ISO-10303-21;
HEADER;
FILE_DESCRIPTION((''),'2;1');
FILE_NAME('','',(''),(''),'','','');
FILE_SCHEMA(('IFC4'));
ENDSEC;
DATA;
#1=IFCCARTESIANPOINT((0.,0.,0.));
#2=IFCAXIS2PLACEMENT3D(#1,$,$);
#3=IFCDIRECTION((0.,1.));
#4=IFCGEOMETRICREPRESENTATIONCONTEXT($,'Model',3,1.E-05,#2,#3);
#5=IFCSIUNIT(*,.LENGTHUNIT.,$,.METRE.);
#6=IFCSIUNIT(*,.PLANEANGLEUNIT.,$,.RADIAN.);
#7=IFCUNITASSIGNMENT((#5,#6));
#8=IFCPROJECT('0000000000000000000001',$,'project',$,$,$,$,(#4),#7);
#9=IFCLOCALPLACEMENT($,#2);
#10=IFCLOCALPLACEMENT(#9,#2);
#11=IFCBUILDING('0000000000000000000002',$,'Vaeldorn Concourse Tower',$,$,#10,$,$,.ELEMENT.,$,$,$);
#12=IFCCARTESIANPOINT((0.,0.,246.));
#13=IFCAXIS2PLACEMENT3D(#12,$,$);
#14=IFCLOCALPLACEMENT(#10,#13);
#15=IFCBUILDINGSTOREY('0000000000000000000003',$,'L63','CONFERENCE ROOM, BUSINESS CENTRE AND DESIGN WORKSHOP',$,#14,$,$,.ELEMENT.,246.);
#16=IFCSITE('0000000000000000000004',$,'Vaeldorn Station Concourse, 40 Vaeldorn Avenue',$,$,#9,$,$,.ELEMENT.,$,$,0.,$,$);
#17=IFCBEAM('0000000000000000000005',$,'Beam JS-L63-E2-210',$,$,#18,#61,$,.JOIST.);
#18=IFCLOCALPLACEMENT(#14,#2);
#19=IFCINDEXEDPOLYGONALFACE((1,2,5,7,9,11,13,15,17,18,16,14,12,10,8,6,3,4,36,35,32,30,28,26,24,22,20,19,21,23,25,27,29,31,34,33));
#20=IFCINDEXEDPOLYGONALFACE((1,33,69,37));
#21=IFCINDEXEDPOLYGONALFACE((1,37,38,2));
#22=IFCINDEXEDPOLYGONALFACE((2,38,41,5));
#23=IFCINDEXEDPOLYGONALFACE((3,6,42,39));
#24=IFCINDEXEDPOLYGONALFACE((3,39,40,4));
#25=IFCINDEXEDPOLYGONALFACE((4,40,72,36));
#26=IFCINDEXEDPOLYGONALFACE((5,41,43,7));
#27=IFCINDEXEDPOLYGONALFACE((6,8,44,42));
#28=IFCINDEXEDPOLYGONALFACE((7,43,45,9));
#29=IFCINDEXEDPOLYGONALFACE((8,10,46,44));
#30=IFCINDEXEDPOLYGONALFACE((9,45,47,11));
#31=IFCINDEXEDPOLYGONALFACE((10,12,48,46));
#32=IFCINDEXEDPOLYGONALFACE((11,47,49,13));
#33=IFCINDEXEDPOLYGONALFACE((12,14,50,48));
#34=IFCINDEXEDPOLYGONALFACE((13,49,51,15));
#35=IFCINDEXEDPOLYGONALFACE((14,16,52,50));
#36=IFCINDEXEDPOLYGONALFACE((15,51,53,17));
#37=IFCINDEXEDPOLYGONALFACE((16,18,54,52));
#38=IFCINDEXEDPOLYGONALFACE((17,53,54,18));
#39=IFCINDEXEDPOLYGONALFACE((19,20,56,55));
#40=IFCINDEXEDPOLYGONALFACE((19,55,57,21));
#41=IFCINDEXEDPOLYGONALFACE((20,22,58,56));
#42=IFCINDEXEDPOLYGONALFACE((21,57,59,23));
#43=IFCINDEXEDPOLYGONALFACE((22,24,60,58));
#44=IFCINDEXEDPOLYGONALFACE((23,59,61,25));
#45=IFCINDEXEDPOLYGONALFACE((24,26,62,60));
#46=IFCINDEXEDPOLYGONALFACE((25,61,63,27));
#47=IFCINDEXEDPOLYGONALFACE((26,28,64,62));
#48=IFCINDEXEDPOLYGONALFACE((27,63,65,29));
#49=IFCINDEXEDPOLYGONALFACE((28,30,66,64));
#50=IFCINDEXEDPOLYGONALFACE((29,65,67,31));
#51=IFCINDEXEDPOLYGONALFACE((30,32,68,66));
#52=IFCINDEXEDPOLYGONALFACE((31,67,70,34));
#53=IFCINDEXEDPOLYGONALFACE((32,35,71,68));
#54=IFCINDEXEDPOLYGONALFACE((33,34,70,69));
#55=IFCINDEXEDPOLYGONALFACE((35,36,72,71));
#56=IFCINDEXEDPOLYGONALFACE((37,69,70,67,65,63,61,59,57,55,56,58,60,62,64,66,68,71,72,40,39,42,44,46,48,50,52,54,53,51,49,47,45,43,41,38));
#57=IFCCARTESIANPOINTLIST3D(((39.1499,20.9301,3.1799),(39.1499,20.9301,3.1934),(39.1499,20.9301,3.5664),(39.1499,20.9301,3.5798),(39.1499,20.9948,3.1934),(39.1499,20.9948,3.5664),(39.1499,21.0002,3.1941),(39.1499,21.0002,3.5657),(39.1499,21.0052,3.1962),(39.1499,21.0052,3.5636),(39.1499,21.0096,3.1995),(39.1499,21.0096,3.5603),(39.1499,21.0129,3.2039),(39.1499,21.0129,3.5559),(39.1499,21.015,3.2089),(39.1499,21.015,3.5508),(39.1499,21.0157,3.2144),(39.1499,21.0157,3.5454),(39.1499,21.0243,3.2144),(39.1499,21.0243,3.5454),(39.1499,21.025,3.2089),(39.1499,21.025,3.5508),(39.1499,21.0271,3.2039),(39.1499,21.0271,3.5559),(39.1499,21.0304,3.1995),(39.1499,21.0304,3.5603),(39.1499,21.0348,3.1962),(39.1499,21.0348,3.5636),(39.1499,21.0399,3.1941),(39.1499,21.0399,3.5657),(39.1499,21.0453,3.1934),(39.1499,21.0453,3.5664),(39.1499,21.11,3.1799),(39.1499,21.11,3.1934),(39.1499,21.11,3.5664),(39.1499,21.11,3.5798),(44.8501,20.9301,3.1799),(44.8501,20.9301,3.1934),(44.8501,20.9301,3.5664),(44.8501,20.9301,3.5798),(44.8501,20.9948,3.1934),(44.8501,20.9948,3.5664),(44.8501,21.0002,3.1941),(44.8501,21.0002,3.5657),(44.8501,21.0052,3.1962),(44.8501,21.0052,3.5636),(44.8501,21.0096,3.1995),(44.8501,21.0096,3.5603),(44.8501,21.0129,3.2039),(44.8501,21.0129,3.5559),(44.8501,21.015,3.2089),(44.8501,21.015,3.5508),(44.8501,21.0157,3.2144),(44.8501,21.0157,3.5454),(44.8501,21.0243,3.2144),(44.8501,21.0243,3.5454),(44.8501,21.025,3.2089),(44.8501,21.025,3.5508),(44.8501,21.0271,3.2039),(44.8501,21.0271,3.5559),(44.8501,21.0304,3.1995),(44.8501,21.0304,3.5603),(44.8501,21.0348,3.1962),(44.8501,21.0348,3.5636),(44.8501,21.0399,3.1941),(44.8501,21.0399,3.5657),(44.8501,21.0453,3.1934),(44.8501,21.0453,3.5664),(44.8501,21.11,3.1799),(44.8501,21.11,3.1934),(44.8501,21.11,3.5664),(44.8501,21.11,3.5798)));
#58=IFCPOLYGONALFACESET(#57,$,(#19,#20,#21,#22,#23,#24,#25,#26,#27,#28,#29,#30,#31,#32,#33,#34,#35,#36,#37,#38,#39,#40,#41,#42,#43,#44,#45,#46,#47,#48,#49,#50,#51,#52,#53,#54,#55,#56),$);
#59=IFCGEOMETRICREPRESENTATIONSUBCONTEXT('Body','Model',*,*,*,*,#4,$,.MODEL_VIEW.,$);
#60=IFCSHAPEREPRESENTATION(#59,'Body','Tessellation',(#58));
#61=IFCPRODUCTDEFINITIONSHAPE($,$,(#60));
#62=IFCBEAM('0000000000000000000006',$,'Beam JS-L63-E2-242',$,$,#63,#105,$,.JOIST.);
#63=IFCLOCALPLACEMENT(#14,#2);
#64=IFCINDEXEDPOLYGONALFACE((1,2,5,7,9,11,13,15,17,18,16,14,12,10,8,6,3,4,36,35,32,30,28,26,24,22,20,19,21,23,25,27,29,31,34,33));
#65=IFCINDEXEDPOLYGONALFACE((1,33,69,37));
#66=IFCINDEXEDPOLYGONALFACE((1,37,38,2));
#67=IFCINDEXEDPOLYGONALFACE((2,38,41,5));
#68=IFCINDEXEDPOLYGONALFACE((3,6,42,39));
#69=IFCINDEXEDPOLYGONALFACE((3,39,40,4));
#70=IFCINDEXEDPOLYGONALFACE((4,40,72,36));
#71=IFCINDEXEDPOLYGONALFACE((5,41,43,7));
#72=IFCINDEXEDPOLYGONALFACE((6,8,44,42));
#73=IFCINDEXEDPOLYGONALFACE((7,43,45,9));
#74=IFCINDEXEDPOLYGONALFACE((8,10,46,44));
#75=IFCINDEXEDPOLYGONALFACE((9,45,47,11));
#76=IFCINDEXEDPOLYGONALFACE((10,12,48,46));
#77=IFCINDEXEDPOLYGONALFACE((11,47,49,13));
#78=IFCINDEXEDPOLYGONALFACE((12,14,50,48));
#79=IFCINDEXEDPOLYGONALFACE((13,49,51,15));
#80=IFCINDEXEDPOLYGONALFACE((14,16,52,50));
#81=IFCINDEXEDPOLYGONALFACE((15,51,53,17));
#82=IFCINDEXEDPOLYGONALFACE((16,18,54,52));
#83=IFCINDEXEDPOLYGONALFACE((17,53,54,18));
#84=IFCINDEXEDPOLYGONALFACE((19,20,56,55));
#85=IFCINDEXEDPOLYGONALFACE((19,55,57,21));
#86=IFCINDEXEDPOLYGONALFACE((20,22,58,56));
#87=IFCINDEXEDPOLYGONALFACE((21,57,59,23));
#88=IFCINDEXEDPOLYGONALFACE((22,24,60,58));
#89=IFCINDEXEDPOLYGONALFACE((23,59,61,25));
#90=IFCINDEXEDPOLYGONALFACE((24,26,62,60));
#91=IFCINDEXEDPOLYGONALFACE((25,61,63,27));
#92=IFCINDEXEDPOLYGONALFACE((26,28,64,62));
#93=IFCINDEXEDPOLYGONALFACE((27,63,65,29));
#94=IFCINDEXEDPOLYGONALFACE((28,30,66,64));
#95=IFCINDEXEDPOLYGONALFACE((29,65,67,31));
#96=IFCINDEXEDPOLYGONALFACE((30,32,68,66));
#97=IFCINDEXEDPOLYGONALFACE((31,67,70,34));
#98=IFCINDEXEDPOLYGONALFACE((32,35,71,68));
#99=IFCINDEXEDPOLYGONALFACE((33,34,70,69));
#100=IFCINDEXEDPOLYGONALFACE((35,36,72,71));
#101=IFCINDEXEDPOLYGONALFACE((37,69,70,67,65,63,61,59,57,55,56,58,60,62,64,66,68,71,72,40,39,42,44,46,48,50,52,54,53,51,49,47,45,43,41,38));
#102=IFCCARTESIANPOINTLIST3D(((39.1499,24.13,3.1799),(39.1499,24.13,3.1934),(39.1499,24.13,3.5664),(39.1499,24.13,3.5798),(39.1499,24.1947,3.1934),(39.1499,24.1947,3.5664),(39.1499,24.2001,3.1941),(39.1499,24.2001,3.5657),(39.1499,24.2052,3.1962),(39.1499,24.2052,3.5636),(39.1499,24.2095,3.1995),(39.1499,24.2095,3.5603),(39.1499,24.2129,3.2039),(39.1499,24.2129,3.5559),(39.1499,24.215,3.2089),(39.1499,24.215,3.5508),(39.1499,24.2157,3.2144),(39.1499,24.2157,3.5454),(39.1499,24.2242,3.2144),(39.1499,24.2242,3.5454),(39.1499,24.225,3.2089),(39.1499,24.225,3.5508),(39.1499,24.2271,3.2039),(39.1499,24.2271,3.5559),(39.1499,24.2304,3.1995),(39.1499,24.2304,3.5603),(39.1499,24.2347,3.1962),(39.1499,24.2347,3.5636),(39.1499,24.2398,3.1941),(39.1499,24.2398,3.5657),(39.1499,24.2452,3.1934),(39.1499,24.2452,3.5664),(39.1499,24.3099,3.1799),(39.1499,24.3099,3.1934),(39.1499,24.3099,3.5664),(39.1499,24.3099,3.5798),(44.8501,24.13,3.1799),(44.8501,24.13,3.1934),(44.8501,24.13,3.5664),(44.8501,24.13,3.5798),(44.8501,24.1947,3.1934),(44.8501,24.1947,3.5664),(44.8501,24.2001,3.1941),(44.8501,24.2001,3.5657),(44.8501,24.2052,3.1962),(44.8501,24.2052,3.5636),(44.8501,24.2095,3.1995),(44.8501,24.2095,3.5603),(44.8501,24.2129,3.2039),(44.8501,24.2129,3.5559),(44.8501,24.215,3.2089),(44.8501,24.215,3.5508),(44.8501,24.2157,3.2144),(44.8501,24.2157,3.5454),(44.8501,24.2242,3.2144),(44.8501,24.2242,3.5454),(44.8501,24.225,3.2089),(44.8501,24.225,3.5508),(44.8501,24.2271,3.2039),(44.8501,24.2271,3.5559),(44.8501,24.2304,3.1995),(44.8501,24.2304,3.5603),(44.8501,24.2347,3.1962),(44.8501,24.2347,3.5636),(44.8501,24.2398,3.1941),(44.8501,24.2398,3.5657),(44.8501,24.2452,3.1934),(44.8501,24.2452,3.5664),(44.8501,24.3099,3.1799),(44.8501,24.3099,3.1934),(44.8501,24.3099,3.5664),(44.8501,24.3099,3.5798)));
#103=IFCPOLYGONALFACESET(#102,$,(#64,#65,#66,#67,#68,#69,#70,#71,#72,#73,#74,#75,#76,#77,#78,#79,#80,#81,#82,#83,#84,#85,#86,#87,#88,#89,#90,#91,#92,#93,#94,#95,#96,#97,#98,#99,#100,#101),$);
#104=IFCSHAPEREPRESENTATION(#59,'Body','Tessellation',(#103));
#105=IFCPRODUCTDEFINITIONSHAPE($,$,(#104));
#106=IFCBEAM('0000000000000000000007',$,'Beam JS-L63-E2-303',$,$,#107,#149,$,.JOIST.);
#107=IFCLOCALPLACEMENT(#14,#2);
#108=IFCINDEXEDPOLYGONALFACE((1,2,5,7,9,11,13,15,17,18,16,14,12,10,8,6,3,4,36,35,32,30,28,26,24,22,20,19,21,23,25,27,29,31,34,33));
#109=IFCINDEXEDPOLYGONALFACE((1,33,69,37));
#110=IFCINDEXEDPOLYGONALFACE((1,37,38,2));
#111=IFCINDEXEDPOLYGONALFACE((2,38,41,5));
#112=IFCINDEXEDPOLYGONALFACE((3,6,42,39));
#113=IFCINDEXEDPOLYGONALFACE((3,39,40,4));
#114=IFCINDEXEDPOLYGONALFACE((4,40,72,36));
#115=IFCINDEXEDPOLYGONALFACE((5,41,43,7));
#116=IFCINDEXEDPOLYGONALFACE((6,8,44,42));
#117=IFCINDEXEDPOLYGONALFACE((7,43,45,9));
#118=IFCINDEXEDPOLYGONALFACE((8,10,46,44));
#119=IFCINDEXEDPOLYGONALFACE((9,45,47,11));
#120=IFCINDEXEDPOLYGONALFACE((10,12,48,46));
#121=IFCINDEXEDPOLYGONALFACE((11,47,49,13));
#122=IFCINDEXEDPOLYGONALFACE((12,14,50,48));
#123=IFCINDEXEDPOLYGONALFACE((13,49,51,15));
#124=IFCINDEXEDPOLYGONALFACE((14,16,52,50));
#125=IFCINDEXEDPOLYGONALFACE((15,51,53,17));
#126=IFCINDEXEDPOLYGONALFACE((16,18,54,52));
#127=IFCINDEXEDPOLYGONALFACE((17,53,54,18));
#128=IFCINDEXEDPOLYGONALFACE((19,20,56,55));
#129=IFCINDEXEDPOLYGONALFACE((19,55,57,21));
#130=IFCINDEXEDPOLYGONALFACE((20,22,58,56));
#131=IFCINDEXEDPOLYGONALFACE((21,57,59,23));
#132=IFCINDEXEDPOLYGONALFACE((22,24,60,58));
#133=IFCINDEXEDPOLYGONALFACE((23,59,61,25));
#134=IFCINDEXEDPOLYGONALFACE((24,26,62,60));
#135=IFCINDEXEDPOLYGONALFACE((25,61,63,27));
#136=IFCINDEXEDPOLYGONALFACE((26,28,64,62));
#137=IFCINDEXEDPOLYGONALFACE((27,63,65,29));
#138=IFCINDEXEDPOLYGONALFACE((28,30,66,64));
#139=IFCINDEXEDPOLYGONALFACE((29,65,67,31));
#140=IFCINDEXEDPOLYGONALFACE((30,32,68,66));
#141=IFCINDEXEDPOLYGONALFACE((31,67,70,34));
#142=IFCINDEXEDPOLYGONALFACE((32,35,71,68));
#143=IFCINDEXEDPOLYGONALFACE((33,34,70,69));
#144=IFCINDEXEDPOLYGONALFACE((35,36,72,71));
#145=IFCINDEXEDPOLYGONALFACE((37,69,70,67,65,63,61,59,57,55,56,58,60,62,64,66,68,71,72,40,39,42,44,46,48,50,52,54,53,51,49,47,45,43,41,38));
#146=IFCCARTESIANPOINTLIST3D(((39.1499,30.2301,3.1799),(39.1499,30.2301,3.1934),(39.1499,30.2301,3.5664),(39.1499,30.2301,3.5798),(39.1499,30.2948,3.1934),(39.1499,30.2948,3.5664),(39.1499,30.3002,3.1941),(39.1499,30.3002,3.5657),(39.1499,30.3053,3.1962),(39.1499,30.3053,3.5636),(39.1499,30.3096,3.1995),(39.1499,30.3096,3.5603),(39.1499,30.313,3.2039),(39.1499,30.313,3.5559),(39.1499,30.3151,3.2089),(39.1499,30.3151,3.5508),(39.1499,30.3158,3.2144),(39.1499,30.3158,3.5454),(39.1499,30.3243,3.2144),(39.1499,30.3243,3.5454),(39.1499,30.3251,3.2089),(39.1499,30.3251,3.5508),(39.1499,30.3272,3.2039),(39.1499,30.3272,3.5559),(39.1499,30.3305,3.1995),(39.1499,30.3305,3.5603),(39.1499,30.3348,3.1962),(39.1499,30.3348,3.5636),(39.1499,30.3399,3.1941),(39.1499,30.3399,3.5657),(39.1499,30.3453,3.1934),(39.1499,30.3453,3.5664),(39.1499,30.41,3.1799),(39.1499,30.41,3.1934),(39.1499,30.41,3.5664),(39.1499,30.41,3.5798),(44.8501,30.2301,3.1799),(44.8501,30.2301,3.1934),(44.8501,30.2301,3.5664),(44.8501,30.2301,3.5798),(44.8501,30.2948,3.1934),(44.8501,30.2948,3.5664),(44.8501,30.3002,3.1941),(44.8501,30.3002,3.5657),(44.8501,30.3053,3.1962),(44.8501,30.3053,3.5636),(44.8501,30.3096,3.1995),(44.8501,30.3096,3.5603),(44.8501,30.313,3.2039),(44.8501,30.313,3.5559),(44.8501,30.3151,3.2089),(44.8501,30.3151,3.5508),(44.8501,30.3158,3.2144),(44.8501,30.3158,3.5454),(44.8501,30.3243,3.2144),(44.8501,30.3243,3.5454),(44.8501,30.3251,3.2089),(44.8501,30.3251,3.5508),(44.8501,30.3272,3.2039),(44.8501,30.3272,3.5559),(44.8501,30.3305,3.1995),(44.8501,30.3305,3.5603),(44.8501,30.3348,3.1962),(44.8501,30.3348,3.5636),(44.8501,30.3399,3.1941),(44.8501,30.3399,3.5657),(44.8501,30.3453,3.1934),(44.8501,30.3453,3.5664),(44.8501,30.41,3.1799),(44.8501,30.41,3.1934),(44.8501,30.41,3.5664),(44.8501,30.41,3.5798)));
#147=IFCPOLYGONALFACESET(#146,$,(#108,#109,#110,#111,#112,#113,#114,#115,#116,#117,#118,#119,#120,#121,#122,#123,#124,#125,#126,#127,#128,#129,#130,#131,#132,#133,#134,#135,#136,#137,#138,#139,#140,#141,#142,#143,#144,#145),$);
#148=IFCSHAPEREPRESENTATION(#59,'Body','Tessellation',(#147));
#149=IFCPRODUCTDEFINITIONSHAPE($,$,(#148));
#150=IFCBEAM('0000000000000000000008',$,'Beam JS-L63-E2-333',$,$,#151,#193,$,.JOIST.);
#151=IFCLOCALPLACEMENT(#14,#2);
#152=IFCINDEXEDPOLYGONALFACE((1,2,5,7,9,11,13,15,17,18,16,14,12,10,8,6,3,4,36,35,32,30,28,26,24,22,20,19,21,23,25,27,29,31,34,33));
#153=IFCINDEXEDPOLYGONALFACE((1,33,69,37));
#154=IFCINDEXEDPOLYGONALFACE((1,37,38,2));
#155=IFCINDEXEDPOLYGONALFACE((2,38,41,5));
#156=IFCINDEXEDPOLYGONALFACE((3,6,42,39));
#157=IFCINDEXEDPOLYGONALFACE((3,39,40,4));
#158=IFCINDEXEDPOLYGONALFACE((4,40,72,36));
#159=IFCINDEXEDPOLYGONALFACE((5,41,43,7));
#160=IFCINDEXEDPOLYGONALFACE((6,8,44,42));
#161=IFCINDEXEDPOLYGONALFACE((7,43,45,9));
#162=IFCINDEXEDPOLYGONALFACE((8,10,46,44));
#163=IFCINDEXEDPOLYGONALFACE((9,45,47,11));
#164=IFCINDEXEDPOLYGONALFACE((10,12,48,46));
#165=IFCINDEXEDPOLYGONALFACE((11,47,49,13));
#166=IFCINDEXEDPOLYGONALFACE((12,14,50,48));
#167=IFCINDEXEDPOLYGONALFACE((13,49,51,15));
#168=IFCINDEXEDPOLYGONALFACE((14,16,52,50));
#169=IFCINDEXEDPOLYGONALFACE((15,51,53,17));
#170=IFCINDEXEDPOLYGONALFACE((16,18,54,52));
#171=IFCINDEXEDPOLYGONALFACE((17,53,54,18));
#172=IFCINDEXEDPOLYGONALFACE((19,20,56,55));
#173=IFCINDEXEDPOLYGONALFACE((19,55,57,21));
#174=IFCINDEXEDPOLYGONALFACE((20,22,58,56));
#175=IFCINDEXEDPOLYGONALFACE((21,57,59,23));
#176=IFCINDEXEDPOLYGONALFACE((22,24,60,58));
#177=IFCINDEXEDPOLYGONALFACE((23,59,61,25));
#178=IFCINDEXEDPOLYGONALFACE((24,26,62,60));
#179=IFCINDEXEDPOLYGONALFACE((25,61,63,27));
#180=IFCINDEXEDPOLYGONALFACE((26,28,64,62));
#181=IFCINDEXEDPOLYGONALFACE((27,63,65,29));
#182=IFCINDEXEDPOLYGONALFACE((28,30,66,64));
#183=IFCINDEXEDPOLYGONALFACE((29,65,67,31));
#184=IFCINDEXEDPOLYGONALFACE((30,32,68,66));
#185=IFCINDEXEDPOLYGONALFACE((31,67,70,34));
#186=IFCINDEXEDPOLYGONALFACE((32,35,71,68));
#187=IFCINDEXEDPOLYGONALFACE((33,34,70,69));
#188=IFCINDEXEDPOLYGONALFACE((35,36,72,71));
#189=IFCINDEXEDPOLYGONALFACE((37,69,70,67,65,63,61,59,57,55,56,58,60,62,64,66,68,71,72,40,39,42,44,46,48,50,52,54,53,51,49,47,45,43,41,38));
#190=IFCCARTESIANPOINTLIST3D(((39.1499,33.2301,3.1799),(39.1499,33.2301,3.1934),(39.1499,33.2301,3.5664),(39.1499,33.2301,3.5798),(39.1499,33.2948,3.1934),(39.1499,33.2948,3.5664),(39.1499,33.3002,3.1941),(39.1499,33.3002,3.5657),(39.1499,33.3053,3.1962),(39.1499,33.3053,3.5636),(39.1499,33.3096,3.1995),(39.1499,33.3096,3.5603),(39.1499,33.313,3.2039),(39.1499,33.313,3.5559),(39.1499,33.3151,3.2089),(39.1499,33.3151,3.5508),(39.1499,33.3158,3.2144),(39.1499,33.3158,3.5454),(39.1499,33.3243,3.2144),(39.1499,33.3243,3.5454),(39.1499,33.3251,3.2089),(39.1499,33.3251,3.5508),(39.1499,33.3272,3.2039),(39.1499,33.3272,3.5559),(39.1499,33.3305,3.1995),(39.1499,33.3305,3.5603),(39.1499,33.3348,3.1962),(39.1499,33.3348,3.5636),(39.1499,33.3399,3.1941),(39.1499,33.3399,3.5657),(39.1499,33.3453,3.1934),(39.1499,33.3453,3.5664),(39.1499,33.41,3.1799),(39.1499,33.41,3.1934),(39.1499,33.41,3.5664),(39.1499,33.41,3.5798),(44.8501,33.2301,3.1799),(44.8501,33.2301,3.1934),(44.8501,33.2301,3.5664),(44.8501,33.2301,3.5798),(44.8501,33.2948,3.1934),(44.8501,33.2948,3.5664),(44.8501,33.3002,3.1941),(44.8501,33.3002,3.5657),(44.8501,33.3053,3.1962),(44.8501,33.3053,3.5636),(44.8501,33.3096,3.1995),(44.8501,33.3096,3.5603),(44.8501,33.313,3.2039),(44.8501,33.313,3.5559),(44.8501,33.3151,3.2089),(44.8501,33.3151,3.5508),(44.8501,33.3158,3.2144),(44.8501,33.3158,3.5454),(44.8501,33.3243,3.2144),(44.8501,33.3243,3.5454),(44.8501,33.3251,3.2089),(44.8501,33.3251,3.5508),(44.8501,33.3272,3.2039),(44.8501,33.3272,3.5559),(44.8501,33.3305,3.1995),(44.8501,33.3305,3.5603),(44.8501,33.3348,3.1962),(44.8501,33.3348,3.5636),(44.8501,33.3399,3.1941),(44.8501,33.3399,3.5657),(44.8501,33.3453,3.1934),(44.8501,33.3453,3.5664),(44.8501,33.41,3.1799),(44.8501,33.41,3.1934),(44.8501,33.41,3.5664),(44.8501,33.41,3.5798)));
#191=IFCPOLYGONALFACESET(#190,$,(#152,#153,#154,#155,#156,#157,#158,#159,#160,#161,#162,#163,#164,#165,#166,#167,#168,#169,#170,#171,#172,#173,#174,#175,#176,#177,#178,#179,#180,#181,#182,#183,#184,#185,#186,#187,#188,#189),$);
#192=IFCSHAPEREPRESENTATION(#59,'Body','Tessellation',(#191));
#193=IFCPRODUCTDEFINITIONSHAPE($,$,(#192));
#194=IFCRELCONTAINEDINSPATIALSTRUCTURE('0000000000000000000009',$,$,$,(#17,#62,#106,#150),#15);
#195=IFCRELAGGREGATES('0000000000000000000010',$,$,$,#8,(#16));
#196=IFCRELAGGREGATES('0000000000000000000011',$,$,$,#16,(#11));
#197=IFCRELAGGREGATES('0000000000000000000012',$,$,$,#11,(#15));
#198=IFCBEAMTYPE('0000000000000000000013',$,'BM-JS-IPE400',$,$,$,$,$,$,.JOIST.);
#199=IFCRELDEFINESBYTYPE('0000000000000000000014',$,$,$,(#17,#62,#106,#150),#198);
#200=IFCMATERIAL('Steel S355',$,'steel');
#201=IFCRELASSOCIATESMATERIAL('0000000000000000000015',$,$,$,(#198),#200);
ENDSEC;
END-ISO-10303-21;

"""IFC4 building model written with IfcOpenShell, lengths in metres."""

from ifc_helpers import new_model, si_unit, direction, frame, origin, origin_2d, place, context, subcontext, project, spatial, i_section, extrude, source, transform, mapped, material, material_profile, profile_set, type_object, element, save


model = new_model("IFC4")

# Units and contexts
model_context = context("Model", 3, precision=1e-05, world=origin(), true_north=direction((0.0, 1.0)))
body_context = subcontext(model_context, "Body", "Model", "MODEL_VIEW")
ifc_project = project(units=[si_unit("LENGTHUNIT", "METRE"), si_unit("PLANEANGLEUNIT", "RADIAN")], contexts=[model_context])

# Site, building, storey
site_placement = place(None, origin())
site = spatial("IfcSite", under=ifc_project, at=site_placement, Name="Vaeldorn Station Concourse, 40 Vaeldorn Avenue", CompositionType="ELEMENT", RefElevation=0.0)
building_placement = place(site_placement, origin())
building = spatial("IfcBuilding", under=site, at=building_placement, Name="Vaeldorn Concourse Tower", CompositionType="ELEMENT")
storey_placement = place(building_placement, frame((0.0, 0.0, 246.0)))
storey = spatial("IfcBuildingStorey", under=building, at=storey_placement, Name="L63", Description="CONFERENCE ROOM, BUSINESS CENTRE AND DESIGN WORKSHOP", CompositionType="ELEMENT", Elevation=246.0)

# Shared definitions
ifc_material_1 = material(Name="Steel S355", Category="steel")

# Beams
ifc_material_profile_1 = material_profile(ifc_material_1, i_section(OverallWidth=0.1799, OverallDepth=0.3999, WebThickness=0.0085, FlangeThickness=0.0134, FilletRadius=0.021, at=origin_2d()), Name="IPE 400")
ifc_profile_set_1 = profile_set([ifc_material_profile_1], Name="Steel S355")
beam_type_1 = type_object("IfcBeamType", Name="BM-JS-IPE400", PredefinedType="JOIST", material=ifc_profile_set_1)
shared_shape_1 = source(origin(), body_context, "Body", "SweptSolid", [
    extrude(i_section(OverallWidth=0.1799, OverallDepth=0.3999, WebThickness=0.0085, FlangeThickness=0.0134, FilletRadius=0.021, at=origin_2d()), origin(), (0.0, 0.0, 1.0), 5.7002),
])
for number, where, z_axis, x_axis, name in (
    (1, (39.1499, 21.02, 3.3799), (1.0, 0.0, 0.0), (0.0, 1.0, 0.0), "Beam JS-L63-E2-210"),
    (2, (39.1499, 24.22, 3.3799), (1.0, 0.0, 0.0), (0.0, 1.0, 0.0), "Beam JS-L63-E2-242"),
    (3, (39.1499, 30.3201, 3.3799), (1.0, 0.0, 0.0), (0.0, 1.0, 0.0), "Beam JS-L63-E2-303"),
    (4, (39.1499, 33.3201, 3.3799), (1.0, 0.0, 0.0), (0.0, 1.0, 0.0), "Beam JS-L63-E2-333"),
):
    element("IfcBeam", number, at=place(storey_placement, frame(where, z_axis=z_axis, x_axis=x_axis)), inside=storey, type_object=beam_type_1, Name=name, PredefinedType="JOIST", context=body_context, shape_type="MappedRepresentation", body=[
        mapped(shared_shape_1, transform((0.0, 0.0, 0.0), scale=1.0)),
    ])

save(model, "model.ifc")
